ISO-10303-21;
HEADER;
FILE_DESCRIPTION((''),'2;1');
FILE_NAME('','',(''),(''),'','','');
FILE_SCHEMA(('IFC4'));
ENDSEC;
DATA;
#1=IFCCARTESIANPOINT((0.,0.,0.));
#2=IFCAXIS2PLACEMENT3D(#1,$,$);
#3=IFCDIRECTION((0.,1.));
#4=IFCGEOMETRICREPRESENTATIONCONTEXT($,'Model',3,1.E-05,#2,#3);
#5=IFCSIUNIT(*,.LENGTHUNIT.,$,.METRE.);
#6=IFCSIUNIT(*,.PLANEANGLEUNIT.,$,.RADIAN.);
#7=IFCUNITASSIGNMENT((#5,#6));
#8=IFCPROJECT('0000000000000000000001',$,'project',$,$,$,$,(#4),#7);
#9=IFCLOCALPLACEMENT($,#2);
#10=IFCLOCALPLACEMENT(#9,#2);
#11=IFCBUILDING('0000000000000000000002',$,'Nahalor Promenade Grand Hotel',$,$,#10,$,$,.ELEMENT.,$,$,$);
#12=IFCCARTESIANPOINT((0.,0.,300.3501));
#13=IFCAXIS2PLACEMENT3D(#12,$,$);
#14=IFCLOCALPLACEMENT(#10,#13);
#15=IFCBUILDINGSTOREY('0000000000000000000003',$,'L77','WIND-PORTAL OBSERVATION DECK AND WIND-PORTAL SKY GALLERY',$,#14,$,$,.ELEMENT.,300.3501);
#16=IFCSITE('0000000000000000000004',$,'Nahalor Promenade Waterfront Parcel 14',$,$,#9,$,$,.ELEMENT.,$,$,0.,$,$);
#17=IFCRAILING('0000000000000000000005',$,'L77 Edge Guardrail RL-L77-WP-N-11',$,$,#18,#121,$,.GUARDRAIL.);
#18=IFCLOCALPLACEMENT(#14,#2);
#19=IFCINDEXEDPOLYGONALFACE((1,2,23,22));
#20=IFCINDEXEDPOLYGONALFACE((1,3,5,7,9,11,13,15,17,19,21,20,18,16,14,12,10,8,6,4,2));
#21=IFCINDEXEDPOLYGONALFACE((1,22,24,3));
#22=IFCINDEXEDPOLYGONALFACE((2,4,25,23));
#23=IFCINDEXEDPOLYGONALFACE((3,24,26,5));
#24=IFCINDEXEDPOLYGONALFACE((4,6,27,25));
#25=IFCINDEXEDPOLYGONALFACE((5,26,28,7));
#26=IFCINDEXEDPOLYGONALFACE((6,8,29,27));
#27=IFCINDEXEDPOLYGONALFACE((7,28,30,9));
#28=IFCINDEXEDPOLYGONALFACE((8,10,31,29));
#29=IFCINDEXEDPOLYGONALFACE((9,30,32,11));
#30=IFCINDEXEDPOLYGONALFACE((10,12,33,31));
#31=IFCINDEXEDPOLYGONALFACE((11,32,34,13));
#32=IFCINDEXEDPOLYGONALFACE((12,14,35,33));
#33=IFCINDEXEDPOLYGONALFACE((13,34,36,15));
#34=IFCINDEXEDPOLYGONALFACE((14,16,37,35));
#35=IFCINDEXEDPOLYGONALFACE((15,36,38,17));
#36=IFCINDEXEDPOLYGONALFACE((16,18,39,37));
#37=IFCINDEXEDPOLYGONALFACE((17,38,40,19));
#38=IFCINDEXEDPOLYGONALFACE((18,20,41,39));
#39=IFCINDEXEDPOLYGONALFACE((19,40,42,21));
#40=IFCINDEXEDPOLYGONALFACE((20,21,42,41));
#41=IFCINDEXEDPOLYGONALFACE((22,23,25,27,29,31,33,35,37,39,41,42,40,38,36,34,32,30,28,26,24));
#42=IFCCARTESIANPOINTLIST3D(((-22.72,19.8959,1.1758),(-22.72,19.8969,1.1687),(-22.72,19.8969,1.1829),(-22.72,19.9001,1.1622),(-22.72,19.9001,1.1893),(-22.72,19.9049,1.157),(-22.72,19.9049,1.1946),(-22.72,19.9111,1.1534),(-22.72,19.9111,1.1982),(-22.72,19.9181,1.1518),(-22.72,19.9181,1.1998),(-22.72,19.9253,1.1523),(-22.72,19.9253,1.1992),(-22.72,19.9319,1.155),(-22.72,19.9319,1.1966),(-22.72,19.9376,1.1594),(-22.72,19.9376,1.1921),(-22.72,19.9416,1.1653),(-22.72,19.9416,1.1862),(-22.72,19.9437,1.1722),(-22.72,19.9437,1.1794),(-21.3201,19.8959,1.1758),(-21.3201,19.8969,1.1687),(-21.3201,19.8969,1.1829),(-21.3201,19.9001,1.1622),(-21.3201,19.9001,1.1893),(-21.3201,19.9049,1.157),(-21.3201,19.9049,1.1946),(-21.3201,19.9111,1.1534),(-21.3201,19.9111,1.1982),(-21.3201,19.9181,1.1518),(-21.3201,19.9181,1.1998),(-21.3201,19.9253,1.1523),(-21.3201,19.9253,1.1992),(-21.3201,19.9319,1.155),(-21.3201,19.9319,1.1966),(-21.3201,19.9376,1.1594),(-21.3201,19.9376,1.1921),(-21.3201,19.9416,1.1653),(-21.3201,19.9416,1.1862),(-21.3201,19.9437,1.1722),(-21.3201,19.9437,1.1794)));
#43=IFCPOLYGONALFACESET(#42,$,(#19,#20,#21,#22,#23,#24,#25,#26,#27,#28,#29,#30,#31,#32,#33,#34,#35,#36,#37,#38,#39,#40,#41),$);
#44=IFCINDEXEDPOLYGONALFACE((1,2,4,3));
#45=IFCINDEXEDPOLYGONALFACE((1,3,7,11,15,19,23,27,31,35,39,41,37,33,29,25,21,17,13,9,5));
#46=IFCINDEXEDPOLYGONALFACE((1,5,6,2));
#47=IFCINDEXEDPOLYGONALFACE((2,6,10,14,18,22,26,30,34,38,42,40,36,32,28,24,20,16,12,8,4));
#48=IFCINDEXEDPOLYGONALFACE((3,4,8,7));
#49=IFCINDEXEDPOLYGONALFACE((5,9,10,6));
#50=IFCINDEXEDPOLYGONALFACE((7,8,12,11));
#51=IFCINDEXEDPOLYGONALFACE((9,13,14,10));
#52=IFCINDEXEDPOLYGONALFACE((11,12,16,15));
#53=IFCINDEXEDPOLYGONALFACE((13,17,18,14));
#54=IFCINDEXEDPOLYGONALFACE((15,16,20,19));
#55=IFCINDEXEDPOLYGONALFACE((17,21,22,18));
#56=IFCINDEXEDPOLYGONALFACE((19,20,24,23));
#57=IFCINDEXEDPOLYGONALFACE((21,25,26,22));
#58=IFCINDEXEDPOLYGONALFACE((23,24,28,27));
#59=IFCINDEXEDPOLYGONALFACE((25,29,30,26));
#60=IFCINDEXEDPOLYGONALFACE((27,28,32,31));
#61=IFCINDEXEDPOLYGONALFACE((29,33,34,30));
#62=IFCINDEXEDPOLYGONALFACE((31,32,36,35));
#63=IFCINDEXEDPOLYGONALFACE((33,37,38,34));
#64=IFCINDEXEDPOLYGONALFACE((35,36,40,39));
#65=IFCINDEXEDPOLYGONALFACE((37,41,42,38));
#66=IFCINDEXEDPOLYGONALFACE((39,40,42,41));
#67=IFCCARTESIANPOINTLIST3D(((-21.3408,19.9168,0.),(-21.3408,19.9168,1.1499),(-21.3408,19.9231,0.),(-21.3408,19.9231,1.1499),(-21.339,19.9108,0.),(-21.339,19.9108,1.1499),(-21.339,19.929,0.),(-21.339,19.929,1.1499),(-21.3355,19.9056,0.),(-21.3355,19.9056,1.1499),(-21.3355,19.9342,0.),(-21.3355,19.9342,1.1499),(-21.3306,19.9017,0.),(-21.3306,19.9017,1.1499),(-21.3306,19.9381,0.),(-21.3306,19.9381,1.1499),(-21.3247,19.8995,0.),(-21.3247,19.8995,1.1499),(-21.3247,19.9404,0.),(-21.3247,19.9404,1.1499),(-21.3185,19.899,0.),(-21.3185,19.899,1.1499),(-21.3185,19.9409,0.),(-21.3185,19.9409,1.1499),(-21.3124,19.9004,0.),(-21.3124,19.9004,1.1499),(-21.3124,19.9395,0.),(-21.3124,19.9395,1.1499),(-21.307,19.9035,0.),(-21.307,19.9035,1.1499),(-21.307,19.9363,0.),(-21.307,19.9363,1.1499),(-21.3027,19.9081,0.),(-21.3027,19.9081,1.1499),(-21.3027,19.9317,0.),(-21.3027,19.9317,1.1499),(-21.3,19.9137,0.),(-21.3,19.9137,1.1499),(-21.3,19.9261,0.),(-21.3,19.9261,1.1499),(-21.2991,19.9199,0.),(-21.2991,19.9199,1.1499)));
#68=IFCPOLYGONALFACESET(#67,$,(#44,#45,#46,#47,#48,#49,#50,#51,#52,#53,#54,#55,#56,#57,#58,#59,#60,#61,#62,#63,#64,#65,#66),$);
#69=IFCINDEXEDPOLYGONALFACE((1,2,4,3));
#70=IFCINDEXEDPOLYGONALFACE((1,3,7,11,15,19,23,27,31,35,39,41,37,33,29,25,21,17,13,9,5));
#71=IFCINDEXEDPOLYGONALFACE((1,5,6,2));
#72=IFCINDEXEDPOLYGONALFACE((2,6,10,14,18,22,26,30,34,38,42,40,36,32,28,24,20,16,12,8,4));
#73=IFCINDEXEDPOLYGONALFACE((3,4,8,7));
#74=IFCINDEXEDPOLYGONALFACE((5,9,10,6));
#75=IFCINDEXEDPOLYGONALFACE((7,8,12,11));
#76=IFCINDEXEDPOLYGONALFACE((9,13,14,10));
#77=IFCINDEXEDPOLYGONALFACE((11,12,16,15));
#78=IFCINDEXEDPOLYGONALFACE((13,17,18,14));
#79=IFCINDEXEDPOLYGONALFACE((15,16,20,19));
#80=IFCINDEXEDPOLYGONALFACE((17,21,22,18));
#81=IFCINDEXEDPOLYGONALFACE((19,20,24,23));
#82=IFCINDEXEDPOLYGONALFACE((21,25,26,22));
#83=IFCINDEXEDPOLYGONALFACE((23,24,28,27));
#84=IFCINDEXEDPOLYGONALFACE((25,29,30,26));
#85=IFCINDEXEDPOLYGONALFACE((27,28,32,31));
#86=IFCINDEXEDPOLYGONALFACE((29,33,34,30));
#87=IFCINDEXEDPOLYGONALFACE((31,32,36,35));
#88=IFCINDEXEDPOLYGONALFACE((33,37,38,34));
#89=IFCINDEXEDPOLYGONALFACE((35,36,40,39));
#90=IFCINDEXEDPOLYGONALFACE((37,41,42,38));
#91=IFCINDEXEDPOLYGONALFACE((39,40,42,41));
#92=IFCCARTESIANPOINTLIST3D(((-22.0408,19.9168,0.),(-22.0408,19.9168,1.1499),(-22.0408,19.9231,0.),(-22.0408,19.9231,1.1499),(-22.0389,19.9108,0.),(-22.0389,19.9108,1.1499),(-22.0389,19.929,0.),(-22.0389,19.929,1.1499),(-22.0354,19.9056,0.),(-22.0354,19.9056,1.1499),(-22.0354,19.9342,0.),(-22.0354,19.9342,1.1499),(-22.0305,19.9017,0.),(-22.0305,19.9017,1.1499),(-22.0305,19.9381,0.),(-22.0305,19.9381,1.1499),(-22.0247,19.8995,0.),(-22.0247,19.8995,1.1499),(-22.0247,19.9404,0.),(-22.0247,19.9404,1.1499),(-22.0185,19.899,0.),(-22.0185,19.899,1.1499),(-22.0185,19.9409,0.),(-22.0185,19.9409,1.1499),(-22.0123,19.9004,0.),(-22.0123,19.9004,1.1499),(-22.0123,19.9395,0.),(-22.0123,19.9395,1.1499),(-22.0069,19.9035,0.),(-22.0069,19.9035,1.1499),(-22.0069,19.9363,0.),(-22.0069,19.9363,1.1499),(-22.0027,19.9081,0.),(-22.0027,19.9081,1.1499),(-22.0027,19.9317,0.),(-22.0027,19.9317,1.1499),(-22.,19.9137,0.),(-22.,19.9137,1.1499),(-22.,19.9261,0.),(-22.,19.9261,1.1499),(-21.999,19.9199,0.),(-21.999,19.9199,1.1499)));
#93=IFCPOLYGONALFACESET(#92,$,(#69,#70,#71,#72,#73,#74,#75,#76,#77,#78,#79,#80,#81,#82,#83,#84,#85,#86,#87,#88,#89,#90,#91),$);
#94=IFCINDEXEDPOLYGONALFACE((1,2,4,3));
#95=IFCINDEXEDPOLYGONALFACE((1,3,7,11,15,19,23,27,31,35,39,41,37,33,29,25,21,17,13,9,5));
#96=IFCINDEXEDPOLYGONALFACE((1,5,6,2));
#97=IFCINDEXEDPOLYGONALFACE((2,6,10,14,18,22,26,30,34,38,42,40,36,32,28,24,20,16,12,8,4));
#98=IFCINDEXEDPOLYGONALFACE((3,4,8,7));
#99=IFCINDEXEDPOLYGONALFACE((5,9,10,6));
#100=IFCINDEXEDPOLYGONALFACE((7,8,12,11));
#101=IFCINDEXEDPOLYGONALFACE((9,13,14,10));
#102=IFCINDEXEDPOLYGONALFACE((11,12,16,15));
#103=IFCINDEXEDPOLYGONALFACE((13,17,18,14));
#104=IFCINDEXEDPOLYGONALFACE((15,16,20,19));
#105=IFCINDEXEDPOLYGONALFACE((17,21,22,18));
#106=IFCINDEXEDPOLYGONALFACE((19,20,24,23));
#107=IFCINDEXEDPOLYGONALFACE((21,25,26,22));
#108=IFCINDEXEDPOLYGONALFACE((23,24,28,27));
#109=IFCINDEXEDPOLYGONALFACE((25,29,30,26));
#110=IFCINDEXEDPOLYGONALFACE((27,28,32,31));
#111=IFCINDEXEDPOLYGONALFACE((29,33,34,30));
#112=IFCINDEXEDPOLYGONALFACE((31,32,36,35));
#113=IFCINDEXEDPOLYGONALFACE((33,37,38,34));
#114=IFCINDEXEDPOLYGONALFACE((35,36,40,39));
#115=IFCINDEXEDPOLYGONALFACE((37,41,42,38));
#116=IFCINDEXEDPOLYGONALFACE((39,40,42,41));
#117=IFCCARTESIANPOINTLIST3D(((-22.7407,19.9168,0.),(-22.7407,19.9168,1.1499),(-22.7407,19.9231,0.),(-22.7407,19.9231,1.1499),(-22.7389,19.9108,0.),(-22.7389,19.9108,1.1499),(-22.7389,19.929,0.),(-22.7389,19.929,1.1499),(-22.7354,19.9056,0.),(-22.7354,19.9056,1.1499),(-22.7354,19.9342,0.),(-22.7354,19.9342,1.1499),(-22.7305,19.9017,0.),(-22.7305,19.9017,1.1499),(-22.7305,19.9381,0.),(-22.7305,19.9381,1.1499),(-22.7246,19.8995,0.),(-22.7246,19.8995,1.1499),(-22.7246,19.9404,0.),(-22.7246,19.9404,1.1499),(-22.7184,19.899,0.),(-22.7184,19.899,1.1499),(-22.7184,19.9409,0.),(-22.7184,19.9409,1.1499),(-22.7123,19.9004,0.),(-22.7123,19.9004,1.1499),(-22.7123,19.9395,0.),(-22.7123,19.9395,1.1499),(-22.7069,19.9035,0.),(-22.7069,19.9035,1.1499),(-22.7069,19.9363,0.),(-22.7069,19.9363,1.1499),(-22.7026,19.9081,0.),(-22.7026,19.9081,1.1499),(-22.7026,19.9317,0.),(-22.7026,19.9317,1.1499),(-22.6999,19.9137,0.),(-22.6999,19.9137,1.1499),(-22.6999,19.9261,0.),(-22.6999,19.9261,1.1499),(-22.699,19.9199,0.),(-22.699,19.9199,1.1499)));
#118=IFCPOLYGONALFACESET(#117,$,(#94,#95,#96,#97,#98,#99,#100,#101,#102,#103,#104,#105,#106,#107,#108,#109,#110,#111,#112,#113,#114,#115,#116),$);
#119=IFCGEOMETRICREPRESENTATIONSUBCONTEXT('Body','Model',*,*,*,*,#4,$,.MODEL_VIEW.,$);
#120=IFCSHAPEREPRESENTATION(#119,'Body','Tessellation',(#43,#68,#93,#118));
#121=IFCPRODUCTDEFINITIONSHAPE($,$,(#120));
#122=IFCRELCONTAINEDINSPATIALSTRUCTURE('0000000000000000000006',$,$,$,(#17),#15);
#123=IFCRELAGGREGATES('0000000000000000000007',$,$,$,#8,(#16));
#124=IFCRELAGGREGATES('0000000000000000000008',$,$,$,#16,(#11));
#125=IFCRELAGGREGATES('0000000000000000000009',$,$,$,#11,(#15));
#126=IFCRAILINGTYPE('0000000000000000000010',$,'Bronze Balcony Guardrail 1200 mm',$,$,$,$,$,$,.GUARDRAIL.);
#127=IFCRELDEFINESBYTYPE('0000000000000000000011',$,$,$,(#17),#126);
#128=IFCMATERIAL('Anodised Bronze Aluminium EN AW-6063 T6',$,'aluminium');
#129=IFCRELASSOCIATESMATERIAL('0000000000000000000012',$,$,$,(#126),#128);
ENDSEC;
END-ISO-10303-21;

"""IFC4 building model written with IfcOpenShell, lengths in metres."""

from ifc_helpers import new_model, si_unit, direction, frame, origin, origin_2d, place, context, subcontext, project, spatial, circle, extrude, material, type_object, element, save


model = new_model("IFC4")

# Units and contexts
model_context = context("Model", 3, precision=1e-05, world=origin(), true_north=direction((0.0, 1.0)))
body_context = subcontext(model_context, "Body", "Model", "MODEL_VIEW")
ifc_project = project(units=[si_unit("LENGTHUNIT", "METRE"), si_unit("PLANEANGLEUNIT", "RADIAN")], contexts=[model_context])

# Site, building, storey
site_placement = place(None, origin())
site = spatial("IfcSite", under=ifc_project, at=site_placement, Name="Nahalor Promenade Waterfront Parcel 14", CompositionType="ELEMENT", RefElevation=0.0)
building_placement = place(site_placement, origin())
building = spatial("IfcBuilding", under=site, at=building_placement, Name="Nahalor Promenade Grand Hotel", CompositionType="ELEMENT")
storey_placement = place(building_placement, frame((0.0, 0.0, 300.3501)))
storey = spatial("IfcBuildingStorey", under=building, at=storey_placement, Name="L77", Description="WIND-PORTAL OBSERVATION DECK AND WIND-PORTAL SKY GALLERY", CompositionType="ELEMENT", Elevation=300.3501)

# Railing
ifc_material_1 = material(Name="Anodised Bronze Aluminium EN AW-6063 T6", Category="aluminium")
railing_type = type_object("IfcRailingType", Name="Bronze Balcony Guardrail 1200 mm", PredefinedType="GUARDRAIL", material=ifc_material_1)
railing_1_placement = place(storey_placement, frame((-21.3201, 19.9199, 0.0)))
element("IfcRailing", 1, at=railing_1_placement, inside=storey, type_object=railing_type, Name="L77 Edge Guardrail RL-L77-WP-N-11", PredefinedType="GUARDRAIL", context=body_context, shape_type="SweptSolid", body=[
    extrude(circle(Radius=0.024, at=origin_2d()), frame((0.0, 0.0, 1.1758), z_axis=(-1.0, 0.0, 0.0), x_axis=(0.0, -1.0, 0.0)), (0.0, 0.0, 1.0), 1.3999),
    extrude(circle(Radius=0.021, at=origin_2d()), origin(), (0.0, 0.0, 1.0), 1.1499),
    extrude(circle(Radius=0.021, at=origin_2d()), frame((-0.7, 0.0, 0.0)), (0.0, 0.0, 1.0), 1.1499),
    extrude(circle(Radius=0.021, at=origin_2d()), frame((-1.3999, 0.0, 0.0)), (0.0, 0.0, 1.0), 1.1499),
])

save(model, "model.ifc")
